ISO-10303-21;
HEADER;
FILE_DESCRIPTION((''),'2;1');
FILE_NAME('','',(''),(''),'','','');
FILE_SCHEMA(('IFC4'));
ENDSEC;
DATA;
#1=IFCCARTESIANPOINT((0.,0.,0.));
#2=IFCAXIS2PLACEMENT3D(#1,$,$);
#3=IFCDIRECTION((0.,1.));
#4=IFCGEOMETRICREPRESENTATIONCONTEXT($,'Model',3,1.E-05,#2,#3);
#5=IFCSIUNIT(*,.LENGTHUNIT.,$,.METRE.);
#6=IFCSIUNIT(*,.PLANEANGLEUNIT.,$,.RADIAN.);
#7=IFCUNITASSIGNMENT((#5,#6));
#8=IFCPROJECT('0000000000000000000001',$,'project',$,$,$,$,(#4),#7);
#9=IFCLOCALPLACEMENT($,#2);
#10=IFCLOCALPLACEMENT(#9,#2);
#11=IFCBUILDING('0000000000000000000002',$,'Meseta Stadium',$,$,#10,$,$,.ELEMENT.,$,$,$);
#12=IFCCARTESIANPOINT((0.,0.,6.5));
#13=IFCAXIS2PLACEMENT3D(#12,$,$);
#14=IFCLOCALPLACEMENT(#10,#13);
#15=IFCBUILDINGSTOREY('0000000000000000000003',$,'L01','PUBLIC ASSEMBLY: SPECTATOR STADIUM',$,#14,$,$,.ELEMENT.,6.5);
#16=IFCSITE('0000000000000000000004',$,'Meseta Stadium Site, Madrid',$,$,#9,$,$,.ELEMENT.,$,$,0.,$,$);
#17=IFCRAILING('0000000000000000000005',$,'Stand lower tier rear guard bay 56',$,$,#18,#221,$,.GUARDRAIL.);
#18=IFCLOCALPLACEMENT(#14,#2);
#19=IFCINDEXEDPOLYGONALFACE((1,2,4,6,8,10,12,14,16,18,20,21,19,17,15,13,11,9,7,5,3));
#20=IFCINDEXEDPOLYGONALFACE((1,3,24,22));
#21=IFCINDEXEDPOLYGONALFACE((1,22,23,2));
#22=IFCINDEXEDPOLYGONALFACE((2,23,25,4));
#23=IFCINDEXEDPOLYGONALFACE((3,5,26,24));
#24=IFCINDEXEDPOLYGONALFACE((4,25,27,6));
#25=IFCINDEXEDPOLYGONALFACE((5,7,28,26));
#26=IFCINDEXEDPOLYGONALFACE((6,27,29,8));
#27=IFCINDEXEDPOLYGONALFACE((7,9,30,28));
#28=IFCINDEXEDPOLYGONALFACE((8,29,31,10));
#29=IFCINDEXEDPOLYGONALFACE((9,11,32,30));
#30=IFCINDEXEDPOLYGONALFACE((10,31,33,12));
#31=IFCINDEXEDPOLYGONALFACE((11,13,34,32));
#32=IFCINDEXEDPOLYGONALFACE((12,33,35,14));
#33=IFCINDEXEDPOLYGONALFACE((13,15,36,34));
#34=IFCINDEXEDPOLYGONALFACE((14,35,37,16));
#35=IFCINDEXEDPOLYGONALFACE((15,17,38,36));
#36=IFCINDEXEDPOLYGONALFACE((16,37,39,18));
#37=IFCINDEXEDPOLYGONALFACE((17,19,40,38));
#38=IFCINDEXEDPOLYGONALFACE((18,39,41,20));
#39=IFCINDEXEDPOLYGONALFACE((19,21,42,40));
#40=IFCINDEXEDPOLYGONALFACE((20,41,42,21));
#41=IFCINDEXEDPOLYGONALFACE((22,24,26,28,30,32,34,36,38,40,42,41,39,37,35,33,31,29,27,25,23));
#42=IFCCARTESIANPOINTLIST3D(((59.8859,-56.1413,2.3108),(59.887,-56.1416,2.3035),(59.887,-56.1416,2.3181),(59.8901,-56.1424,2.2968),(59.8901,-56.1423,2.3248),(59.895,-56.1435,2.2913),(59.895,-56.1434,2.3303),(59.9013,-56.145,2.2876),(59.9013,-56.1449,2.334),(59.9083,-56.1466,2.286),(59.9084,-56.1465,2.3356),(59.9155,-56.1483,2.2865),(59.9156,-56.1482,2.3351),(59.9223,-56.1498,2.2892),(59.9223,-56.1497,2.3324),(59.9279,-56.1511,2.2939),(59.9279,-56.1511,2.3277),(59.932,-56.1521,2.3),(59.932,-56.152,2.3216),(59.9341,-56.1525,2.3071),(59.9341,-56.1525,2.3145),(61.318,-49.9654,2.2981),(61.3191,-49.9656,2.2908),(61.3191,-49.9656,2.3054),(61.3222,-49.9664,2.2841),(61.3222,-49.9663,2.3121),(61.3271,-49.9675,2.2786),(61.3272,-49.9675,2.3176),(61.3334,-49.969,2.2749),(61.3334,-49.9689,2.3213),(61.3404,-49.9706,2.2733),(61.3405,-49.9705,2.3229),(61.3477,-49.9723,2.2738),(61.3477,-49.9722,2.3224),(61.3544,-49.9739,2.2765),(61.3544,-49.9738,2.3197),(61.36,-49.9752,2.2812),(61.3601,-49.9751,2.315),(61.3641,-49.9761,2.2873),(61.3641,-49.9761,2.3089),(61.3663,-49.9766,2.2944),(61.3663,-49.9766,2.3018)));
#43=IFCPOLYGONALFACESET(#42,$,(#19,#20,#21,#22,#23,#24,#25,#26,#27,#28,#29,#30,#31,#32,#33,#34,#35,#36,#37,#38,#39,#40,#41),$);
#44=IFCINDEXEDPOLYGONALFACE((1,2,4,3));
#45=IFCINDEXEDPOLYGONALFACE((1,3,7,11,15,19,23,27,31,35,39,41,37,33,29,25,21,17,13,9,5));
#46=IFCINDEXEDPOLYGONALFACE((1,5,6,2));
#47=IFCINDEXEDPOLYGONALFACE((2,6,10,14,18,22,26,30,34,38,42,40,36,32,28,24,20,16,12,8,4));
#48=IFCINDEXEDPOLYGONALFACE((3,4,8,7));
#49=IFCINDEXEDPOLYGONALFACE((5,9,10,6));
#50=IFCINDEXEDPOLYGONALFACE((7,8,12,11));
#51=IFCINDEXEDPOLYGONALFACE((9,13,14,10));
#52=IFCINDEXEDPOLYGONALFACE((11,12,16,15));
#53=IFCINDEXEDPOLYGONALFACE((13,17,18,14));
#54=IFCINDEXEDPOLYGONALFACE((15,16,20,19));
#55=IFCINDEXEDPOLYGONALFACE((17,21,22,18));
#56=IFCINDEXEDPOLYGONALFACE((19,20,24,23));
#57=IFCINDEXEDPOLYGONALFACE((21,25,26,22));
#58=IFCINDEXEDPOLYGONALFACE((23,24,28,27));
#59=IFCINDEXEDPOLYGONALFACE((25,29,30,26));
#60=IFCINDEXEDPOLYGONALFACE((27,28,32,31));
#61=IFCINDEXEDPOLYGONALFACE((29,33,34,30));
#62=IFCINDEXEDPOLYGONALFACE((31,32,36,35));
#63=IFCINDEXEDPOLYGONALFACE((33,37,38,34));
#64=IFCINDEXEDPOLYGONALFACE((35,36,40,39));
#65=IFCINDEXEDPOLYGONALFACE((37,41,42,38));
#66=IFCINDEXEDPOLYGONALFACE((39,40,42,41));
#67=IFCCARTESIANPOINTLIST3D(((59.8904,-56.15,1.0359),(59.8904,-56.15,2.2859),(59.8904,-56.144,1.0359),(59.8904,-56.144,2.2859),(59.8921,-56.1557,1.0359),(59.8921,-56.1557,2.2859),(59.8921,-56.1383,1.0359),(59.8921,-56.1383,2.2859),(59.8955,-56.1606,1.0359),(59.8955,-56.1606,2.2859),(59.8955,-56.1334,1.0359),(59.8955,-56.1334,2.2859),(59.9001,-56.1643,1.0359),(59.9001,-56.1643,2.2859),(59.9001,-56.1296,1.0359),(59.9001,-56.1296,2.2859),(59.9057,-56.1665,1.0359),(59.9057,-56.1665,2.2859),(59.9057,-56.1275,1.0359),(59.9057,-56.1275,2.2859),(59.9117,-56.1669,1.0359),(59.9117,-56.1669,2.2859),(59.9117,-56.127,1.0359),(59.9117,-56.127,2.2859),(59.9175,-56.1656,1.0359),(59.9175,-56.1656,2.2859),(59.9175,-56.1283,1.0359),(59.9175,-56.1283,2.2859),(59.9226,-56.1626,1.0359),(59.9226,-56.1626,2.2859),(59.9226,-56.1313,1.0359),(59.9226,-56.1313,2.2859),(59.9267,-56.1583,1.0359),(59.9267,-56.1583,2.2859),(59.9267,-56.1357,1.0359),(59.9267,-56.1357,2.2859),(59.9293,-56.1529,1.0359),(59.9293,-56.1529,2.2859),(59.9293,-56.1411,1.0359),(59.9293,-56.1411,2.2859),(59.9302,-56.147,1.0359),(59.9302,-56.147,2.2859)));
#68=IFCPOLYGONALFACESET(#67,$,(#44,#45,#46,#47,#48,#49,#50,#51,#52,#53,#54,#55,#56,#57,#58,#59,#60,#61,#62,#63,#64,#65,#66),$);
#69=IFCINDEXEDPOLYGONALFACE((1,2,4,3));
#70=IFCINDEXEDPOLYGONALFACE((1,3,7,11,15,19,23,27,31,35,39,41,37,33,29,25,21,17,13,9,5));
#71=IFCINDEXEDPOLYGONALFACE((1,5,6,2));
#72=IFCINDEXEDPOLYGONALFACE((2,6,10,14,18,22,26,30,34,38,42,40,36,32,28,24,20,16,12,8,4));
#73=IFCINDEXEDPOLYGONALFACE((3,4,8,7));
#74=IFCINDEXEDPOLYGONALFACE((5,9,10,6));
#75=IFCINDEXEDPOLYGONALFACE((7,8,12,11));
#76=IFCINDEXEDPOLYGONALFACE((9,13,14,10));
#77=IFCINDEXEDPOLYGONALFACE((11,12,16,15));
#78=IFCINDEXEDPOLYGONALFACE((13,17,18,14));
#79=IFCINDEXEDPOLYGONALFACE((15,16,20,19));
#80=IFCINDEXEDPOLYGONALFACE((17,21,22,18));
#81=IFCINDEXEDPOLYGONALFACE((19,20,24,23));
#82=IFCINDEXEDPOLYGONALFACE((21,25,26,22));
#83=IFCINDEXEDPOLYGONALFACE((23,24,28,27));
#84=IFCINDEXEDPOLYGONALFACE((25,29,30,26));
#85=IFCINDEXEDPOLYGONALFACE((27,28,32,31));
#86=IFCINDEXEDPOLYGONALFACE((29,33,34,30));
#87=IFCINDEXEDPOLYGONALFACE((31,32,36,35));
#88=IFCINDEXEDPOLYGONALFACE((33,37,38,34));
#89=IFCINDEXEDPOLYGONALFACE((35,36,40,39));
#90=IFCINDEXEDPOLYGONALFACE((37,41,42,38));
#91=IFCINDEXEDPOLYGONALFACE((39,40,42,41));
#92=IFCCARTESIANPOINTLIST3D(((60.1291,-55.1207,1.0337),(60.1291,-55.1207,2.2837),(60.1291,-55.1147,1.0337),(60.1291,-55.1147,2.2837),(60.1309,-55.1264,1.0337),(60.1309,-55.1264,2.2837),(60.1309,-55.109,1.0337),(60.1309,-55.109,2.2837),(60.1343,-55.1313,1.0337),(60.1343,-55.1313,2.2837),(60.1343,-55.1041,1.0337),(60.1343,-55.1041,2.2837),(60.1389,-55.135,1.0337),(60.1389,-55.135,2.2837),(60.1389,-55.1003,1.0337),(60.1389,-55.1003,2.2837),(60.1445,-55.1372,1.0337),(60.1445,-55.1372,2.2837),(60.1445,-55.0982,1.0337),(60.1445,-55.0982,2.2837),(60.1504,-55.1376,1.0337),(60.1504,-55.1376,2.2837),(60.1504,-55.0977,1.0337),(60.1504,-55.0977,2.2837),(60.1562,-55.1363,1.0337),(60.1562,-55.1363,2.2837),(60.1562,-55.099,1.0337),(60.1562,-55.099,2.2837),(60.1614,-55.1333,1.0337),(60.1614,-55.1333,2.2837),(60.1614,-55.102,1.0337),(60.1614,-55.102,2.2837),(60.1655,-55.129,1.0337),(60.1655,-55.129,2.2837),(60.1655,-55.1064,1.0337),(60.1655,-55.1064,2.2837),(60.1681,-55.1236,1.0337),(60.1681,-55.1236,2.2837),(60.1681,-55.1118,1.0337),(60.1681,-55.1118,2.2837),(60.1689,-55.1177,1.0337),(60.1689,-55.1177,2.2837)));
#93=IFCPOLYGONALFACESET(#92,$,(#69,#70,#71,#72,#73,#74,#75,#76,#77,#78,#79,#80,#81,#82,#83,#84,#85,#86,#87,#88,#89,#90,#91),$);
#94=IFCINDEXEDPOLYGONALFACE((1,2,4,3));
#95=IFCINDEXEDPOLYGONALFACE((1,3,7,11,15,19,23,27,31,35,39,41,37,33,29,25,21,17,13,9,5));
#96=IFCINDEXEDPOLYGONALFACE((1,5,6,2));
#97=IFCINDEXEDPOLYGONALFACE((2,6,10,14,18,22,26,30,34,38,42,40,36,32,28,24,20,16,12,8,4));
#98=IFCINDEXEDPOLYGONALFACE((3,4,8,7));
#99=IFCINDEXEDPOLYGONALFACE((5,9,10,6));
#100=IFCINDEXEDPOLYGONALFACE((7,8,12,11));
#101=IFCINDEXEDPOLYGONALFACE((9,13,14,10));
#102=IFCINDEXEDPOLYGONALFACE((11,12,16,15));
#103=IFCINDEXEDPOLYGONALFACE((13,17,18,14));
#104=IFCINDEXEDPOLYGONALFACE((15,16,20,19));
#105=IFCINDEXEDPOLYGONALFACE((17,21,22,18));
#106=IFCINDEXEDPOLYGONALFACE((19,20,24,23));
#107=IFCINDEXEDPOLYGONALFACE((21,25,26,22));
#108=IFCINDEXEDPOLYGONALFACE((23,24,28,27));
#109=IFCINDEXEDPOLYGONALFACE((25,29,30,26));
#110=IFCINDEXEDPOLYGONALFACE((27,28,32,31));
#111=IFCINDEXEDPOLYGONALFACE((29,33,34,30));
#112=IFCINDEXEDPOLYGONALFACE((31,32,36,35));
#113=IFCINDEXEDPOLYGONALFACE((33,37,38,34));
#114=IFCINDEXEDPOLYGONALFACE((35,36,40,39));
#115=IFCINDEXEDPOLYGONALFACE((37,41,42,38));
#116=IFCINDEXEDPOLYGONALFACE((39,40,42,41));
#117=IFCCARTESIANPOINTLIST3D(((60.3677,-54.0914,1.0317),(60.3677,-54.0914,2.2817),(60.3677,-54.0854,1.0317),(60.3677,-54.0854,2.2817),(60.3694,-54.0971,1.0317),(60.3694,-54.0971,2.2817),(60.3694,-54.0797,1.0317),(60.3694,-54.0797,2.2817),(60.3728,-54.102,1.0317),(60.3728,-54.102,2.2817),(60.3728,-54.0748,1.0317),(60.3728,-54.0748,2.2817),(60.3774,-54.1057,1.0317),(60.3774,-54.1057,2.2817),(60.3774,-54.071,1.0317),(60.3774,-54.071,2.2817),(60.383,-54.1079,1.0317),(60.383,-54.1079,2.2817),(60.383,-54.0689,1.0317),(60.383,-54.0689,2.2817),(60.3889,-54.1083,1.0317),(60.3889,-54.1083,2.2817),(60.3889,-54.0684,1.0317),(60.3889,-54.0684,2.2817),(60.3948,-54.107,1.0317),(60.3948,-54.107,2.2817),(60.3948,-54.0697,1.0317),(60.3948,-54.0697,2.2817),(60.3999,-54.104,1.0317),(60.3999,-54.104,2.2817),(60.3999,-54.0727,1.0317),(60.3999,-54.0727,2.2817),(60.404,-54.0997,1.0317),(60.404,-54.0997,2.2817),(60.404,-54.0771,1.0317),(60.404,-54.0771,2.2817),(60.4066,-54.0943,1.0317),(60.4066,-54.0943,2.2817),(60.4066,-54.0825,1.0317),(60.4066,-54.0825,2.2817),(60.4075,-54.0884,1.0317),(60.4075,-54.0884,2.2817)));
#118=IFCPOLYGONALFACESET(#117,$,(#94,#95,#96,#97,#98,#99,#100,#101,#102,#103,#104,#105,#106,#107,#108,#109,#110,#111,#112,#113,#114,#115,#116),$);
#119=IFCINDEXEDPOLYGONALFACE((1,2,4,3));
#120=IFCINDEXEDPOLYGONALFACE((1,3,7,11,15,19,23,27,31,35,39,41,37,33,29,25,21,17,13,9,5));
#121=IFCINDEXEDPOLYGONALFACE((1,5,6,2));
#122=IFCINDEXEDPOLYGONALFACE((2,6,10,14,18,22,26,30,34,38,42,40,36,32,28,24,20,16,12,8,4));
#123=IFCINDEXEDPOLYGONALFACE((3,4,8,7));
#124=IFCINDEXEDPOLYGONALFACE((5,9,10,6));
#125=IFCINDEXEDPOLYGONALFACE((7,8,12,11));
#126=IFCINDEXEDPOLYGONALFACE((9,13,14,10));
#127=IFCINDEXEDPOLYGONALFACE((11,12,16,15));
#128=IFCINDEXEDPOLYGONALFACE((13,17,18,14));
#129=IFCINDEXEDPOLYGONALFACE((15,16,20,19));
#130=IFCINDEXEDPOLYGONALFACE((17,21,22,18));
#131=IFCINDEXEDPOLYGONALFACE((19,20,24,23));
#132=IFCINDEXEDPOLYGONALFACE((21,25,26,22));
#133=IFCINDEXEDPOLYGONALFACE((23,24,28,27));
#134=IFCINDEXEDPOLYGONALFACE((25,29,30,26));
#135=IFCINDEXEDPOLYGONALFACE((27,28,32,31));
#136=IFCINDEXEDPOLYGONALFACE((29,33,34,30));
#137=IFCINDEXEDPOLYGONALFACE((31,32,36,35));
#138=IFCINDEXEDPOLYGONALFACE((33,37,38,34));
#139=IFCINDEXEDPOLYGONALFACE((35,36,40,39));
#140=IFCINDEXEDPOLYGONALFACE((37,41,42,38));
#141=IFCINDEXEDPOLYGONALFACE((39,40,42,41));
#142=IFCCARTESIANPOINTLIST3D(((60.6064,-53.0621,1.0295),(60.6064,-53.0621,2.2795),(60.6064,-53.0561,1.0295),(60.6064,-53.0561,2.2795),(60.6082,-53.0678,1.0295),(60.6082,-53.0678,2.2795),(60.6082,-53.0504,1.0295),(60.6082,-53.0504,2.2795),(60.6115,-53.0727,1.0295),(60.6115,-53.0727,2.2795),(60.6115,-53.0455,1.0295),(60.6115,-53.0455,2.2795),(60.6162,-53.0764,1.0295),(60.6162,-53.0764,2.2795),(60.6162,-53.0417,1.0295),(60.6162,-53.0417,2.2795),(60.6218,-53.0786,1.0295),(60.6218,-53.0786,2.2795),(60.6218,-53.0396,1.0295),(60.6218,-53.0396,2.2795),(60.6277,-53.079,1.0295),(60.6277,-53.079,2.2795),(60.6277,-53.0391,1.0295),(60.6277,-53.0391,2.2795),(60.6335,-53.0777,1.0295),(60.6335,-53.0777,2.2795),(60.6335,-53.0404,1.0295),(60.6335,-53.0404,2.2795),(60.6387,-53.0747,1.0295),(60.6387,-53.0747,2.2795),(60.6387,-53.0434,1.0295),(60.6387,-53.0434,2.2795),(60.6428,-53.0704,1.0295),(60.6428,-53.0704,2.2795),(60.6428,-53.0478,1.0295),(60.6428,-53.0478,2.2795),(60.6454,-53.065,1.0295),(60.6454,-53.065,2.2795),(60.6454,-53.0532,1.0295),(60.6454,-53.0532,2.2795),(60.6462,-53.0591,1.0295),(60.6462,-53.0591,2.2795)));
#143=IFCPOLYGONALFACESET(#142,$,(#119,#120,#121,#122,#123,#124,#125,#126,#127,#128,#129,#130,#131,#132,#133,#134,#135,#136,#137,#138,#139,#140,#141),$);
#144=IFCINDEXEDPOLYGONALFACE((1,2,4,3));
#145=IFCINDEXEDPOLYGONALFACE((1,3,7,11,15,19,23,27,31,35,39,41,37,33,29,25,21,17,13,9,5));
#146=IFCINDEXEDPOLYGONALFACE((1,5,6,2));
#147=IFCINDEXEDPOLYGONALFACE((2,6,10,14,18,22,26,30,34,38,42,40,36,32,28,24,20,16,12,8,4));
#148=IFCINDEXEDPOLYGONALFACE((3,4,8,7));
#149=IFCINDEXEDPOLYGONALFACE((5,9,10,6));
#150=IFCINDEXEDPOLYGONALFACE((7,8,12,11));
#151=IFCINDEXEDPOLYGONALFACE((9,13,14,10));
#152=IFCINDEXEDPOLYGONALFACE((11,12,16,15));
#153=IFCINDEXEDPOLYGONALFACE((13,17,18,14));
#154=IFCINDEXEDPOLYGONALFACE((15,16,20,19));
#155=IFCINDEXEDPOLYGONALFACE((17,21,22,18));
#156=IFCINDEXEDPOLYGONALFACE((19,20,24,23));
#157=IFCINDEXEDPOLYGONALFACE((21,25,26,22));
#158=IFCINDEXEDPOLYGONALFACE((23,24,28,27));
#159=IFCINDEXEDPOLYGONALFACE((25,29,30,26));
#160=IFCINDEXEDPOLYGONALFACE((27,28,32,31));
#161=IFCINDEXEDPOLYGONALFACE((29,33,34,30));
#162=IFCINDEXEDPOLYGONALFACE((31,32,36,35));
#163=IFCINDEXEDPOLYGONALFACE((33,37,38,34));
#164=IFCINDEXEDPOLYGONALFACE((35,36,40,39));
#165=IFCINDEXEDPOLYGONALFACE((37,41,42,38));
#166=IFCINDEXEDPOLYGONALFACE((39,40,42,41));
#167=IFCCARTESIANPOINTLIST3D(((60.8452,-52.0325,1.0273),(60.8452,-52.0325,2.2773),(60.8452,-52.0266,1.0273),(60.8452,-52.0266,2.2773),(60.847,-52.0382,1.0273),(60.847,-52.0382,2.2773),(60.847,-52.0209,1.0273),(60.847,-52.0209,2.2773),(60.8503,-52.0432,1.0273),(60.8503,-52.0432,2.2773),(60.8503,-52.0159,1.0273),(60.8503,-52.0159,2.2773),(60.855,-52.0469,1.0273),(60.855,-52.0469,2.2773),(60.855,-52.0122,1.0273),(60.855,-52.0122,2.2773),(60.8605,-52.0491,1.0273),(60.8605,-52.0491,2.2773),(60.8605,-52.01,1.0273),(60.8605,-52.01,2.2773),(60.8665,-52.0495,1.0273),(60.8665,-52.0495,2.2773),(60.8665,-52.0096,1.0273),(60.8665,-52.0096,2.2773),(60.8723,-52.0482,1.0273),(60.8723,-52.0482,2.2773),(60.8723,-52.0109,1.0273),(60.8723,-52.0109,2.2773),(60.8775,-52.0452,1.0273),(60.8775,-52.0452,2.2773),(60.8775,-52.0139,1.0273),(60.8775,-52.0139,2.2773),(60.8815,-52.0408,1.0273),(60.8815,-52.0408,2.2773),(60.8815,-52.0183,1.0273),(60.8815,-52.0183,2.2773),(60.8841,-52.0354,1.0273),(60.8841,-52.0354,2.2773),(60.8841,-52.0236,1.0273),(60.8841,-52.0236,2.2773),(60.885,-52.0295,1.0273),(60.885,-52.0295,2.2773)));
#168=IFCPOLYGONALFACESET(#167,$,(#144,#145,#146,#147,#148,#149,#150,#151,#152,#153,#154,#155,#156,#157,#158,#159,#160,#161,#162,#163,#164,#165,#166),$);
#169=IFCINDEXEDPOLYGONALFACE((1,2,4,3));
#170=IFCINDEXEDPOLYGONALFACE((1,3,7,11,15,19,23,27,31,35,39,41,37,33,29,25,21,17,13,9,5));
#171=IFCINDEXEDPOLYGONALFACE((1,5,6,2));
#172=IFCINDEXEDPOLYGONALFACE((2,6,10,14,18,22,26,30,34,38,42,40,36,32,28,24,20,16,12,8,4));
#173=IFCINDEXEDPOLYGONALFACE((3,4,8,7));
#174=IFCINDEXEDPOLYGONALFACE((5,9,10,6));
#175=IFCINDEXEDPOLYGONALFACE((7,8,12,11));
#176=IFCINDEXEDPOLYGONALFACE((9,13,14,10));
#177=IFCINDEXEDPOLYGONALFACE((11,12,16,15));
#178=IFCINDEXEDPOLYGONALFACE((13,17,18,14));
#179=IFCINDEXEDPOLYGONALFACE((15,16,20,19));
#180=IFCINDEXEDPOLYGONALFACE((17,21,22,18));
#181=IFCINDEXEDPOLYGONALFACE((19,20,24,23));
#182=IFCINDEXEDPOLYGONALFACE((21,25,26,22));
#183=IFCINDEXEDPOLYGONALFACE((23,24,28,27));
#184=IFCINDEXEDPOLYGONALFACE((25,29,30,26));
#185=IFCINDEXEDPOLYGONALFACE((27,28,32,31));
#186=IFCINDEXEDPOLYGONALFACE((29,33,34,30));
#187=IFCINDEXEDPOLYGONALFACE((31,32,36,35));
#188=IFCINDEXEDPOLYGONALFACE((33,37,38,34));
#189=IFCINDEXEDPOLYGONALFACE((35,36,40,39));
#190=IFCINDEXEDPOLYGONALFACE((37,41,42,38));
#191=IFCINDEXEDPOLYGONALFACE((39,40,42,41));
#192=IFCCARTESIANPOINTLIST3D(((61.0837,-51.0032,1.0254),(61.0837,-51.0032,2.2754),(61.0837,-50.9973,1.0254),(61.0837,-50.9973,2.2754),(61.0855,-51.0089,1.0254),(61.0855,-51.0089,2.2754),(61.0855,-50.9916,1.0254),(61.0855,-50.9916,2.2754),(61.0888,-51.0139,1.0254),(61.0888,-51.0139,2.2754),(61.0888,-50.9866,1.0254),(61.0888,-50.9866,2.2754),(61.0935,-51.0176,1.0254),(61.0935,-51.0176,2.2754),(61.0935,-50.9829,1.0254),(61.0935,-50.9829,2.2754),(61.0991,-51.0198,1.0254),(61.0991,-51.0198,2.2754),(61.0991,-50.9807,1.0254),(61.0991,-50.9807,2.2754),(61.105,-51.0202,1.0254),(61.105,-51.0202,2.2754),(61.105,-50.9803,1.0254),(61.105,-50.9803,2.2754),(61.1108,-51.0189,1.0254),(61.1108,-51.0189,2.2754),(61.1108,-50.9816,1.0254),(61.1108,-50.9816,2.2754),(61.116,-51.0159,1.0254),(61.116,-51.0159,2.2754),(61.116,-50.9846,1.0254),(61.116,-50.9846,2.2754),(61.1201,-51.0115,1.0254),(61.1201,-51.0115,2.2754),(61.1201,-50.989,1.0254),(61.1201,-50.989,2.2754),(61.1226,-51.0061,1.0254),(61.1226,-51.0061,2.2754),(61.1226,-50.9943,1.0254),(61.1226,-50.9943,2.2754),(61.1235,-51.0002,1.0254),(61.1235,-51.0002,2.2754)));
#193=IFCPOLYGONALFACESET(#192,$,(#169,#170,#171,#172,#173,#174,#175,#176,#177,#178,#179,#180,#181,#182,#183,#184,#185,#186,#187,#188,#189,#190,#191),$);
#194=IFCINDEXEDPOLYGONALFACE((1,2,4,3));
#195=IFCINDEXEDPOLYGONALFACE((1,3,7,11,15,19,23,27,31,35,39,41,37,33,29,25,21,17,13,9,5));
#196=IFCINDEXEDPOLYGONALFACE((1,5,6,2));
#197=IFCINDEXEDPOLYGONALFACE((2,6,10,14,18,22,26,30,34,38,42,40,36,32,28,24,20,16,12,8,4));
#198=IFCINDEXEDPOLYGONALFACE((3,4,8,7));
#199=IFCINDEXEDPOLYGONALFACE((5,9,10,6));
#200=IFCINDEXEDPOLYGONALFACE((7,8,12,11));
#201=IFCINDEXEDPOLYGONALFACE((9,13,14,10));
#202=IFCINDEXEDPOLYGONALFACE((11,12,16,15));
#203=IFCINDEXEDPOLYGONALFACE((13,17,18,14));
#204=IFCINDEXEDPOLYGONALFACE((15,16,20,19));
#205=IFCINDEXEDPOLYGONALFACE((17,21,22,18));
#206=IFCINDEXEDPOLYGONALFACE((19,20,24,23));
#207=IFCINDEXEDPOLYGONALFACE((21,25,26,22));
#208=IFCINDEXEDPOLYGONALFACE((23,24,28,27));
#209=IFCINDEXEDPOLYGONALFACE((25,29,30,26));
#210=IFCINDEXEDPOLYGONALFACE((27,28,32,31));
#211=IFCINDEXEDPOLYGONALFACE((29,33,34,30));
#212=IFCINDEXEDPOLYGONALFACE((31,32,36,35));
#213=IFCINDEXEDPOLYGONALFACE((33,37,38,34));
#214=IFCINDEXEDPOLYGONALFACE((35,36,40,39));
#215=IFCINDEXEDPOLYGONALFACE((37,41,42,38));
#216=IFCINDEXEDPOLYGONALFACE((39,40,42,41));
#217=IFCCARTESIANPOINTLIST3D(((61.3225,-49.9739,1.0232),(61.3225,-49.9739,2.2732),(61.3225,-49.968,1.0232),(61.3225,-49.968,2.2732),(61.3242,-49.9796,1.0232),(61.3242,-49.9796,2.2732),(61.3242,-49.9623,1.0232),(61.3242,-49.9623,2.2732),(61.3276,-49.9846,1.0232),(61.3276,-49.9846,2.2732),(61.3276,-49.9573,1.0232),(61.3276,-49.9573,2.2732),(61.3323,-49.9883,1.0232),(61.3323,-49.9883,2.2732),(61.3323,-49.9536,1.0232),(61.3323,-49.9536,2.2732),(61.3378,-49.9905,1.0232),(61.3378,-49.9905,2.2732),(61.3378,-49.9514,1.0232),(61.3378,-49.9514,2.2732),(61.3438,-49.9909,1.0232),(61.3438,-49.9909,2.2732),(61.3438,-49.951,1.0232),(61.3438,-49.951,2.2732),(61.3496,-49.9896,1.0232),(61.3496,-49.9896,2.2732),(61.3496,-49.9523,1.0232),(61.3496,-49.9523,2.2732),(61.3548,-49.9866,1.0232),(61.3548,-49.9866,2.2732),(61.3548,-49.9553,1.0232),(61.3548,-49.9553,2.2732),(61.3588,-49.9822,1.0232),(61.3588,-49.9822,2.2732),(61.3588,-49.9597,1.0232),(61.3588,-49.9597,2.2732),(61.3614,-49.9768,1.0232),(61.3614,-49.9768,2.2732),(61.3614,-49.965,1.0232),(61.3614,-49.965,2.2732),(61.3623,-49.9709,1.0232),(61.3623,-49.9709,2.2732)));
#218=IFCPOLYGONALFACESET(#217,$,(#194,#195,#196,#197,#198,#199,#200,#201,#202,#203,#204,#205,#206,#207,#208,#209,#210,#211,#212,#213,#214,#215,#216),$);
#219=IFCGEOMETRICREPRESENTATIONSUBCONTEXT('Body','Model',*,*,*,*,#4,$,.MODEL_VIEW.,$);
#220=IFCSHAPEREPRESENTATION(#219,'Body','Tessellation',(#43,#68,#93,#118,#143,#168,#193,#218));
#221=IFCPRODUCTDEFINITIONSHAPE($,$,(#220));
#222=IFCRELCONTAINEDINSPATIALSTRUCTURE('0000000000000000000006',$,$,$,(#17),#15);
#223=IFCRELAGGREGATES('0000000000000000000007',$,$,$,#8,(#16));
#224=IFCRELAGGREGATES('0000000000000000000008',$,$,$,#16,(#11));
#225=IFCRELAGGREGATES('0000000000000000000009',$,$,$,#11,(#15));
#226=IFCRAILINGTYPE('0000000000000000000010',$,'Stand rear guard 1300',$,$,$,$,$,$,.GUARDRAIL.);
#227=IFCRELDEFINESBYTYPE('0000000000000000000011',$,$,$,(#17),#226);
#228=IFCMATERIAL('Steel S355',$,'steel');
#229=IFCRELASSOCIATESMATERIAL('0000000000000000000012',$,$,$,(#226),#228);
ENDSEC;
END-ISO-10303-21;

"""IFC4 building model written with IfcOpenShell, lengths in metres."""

from ifc_helpers import new_model, si_unit, direction, frame, origin, origin_2d, place, context, subcontext, project, spatial, circle, extrude, material, type_object, element, save


model = new_model("IFC4")

# Units and contexts
model_context = context("Model", 3, precision=1e-05, world=origin(), true_north=direction((0.0, 1.0)))
body_context = subcontext(model_context, "Body", "Model", "MODEL_VIEW")
ifc_project = project(units=[si_unit("LENGTHUNIT", "METRE"), si_unit("PLANEANGLEUNIT", "RADIAN")], contexts=[model_context])

# Site, building, storey
site_placement = place(None, origin())
site = spatial("IfcSite", under=ifc_project, at=site_placement, Name="Meseta Stadium Site, Madrid", CompositionType="ELEMENT", RefElevation=0.0)
building_placement = place(site_placement, origin())
building = spatial("IfcBuilding", under=site, at=building_placement, Name="Meseta Stadium", CompositionType="ELEMENT")
storey_placement = place(building_placement, frame((0.0, 0.0, 6.5)))
storey = spatial("IfcBuildingStorey", under=building, at=storey_placement, Name="L01", Description="PUBLIC ASSEMBLY: SPECTATOR STADIUM", CompositionType="ELEMENT", Elevation=6.5)

# Railing
ifc_material_1 = material(Name="Steel S355", Category="steel")
railing_type = type_object("IfcRailingType", Name="Stand rear guard 1300", PredefinedType="GUARDRAIL", material=ifc_material_1)
railing_1_placement = place(storey_placement, frame((59.9102, -56.147, 1.0359)))
element("IfcRailing", 1, at=railing_1_placement, inside=storey, type_object=railing_type, Name="Stand lower tier rear guard bay 56", PredefinedType="GUARDRAIL", context=body_context, shape_type="SweptSolid", body=[
    extrude(circle(Radius=0.0249, at=origin_2d()), frame((0.0, 0.0, 1.2749), z_axis=(0.225891, 0.974151, -0.002002), x_axis=(-0.974152, 0.225892, 0.0)), (0.0, 0.0, 1.0), 6.3398),
    extrude(circle(Radius=0.02, at=origin_2d()), origin(), (0.0, 0.0, 1.0), 1.25),
    extrude(circle(Radius=0.02, at=origin_2d()), frame((0.2388, 1.0293, -0.0022)), (0.0, 0.0, 1.0), 1.25),
    extrude(circle(Radius=0.02, at=origin_2d()), frame((0.4773, 2.0586, -0.0042)), (0.0, 0.0, 1.0), 1.25),
    extrude(circle(Radius=0.02, at=origin_2d()), frame((0.7161, 3.0879, -0.0063)), (0.0, 0.0, 1.0), 1.25),
    extrude(circle(Radius=0.02, at=origin_2d()), frame((0.9548, 4.1174, -0.0085)), (0.0, 0.0, 1.0), 1.25),
    extrude(circle(Radius=0.02, at=origin_2d()), frame((1.1934, 5.1467, -0.0105)), (0.0, 0.0, 1.0), 1.25),
    extrude(circle(Radius=0.02, at=origin_2d()), frame((1.4321, 6.176, -0.0127)), (0.0, 0.0, 1.0), 1.25),
])

save(model, "model.ifc")
